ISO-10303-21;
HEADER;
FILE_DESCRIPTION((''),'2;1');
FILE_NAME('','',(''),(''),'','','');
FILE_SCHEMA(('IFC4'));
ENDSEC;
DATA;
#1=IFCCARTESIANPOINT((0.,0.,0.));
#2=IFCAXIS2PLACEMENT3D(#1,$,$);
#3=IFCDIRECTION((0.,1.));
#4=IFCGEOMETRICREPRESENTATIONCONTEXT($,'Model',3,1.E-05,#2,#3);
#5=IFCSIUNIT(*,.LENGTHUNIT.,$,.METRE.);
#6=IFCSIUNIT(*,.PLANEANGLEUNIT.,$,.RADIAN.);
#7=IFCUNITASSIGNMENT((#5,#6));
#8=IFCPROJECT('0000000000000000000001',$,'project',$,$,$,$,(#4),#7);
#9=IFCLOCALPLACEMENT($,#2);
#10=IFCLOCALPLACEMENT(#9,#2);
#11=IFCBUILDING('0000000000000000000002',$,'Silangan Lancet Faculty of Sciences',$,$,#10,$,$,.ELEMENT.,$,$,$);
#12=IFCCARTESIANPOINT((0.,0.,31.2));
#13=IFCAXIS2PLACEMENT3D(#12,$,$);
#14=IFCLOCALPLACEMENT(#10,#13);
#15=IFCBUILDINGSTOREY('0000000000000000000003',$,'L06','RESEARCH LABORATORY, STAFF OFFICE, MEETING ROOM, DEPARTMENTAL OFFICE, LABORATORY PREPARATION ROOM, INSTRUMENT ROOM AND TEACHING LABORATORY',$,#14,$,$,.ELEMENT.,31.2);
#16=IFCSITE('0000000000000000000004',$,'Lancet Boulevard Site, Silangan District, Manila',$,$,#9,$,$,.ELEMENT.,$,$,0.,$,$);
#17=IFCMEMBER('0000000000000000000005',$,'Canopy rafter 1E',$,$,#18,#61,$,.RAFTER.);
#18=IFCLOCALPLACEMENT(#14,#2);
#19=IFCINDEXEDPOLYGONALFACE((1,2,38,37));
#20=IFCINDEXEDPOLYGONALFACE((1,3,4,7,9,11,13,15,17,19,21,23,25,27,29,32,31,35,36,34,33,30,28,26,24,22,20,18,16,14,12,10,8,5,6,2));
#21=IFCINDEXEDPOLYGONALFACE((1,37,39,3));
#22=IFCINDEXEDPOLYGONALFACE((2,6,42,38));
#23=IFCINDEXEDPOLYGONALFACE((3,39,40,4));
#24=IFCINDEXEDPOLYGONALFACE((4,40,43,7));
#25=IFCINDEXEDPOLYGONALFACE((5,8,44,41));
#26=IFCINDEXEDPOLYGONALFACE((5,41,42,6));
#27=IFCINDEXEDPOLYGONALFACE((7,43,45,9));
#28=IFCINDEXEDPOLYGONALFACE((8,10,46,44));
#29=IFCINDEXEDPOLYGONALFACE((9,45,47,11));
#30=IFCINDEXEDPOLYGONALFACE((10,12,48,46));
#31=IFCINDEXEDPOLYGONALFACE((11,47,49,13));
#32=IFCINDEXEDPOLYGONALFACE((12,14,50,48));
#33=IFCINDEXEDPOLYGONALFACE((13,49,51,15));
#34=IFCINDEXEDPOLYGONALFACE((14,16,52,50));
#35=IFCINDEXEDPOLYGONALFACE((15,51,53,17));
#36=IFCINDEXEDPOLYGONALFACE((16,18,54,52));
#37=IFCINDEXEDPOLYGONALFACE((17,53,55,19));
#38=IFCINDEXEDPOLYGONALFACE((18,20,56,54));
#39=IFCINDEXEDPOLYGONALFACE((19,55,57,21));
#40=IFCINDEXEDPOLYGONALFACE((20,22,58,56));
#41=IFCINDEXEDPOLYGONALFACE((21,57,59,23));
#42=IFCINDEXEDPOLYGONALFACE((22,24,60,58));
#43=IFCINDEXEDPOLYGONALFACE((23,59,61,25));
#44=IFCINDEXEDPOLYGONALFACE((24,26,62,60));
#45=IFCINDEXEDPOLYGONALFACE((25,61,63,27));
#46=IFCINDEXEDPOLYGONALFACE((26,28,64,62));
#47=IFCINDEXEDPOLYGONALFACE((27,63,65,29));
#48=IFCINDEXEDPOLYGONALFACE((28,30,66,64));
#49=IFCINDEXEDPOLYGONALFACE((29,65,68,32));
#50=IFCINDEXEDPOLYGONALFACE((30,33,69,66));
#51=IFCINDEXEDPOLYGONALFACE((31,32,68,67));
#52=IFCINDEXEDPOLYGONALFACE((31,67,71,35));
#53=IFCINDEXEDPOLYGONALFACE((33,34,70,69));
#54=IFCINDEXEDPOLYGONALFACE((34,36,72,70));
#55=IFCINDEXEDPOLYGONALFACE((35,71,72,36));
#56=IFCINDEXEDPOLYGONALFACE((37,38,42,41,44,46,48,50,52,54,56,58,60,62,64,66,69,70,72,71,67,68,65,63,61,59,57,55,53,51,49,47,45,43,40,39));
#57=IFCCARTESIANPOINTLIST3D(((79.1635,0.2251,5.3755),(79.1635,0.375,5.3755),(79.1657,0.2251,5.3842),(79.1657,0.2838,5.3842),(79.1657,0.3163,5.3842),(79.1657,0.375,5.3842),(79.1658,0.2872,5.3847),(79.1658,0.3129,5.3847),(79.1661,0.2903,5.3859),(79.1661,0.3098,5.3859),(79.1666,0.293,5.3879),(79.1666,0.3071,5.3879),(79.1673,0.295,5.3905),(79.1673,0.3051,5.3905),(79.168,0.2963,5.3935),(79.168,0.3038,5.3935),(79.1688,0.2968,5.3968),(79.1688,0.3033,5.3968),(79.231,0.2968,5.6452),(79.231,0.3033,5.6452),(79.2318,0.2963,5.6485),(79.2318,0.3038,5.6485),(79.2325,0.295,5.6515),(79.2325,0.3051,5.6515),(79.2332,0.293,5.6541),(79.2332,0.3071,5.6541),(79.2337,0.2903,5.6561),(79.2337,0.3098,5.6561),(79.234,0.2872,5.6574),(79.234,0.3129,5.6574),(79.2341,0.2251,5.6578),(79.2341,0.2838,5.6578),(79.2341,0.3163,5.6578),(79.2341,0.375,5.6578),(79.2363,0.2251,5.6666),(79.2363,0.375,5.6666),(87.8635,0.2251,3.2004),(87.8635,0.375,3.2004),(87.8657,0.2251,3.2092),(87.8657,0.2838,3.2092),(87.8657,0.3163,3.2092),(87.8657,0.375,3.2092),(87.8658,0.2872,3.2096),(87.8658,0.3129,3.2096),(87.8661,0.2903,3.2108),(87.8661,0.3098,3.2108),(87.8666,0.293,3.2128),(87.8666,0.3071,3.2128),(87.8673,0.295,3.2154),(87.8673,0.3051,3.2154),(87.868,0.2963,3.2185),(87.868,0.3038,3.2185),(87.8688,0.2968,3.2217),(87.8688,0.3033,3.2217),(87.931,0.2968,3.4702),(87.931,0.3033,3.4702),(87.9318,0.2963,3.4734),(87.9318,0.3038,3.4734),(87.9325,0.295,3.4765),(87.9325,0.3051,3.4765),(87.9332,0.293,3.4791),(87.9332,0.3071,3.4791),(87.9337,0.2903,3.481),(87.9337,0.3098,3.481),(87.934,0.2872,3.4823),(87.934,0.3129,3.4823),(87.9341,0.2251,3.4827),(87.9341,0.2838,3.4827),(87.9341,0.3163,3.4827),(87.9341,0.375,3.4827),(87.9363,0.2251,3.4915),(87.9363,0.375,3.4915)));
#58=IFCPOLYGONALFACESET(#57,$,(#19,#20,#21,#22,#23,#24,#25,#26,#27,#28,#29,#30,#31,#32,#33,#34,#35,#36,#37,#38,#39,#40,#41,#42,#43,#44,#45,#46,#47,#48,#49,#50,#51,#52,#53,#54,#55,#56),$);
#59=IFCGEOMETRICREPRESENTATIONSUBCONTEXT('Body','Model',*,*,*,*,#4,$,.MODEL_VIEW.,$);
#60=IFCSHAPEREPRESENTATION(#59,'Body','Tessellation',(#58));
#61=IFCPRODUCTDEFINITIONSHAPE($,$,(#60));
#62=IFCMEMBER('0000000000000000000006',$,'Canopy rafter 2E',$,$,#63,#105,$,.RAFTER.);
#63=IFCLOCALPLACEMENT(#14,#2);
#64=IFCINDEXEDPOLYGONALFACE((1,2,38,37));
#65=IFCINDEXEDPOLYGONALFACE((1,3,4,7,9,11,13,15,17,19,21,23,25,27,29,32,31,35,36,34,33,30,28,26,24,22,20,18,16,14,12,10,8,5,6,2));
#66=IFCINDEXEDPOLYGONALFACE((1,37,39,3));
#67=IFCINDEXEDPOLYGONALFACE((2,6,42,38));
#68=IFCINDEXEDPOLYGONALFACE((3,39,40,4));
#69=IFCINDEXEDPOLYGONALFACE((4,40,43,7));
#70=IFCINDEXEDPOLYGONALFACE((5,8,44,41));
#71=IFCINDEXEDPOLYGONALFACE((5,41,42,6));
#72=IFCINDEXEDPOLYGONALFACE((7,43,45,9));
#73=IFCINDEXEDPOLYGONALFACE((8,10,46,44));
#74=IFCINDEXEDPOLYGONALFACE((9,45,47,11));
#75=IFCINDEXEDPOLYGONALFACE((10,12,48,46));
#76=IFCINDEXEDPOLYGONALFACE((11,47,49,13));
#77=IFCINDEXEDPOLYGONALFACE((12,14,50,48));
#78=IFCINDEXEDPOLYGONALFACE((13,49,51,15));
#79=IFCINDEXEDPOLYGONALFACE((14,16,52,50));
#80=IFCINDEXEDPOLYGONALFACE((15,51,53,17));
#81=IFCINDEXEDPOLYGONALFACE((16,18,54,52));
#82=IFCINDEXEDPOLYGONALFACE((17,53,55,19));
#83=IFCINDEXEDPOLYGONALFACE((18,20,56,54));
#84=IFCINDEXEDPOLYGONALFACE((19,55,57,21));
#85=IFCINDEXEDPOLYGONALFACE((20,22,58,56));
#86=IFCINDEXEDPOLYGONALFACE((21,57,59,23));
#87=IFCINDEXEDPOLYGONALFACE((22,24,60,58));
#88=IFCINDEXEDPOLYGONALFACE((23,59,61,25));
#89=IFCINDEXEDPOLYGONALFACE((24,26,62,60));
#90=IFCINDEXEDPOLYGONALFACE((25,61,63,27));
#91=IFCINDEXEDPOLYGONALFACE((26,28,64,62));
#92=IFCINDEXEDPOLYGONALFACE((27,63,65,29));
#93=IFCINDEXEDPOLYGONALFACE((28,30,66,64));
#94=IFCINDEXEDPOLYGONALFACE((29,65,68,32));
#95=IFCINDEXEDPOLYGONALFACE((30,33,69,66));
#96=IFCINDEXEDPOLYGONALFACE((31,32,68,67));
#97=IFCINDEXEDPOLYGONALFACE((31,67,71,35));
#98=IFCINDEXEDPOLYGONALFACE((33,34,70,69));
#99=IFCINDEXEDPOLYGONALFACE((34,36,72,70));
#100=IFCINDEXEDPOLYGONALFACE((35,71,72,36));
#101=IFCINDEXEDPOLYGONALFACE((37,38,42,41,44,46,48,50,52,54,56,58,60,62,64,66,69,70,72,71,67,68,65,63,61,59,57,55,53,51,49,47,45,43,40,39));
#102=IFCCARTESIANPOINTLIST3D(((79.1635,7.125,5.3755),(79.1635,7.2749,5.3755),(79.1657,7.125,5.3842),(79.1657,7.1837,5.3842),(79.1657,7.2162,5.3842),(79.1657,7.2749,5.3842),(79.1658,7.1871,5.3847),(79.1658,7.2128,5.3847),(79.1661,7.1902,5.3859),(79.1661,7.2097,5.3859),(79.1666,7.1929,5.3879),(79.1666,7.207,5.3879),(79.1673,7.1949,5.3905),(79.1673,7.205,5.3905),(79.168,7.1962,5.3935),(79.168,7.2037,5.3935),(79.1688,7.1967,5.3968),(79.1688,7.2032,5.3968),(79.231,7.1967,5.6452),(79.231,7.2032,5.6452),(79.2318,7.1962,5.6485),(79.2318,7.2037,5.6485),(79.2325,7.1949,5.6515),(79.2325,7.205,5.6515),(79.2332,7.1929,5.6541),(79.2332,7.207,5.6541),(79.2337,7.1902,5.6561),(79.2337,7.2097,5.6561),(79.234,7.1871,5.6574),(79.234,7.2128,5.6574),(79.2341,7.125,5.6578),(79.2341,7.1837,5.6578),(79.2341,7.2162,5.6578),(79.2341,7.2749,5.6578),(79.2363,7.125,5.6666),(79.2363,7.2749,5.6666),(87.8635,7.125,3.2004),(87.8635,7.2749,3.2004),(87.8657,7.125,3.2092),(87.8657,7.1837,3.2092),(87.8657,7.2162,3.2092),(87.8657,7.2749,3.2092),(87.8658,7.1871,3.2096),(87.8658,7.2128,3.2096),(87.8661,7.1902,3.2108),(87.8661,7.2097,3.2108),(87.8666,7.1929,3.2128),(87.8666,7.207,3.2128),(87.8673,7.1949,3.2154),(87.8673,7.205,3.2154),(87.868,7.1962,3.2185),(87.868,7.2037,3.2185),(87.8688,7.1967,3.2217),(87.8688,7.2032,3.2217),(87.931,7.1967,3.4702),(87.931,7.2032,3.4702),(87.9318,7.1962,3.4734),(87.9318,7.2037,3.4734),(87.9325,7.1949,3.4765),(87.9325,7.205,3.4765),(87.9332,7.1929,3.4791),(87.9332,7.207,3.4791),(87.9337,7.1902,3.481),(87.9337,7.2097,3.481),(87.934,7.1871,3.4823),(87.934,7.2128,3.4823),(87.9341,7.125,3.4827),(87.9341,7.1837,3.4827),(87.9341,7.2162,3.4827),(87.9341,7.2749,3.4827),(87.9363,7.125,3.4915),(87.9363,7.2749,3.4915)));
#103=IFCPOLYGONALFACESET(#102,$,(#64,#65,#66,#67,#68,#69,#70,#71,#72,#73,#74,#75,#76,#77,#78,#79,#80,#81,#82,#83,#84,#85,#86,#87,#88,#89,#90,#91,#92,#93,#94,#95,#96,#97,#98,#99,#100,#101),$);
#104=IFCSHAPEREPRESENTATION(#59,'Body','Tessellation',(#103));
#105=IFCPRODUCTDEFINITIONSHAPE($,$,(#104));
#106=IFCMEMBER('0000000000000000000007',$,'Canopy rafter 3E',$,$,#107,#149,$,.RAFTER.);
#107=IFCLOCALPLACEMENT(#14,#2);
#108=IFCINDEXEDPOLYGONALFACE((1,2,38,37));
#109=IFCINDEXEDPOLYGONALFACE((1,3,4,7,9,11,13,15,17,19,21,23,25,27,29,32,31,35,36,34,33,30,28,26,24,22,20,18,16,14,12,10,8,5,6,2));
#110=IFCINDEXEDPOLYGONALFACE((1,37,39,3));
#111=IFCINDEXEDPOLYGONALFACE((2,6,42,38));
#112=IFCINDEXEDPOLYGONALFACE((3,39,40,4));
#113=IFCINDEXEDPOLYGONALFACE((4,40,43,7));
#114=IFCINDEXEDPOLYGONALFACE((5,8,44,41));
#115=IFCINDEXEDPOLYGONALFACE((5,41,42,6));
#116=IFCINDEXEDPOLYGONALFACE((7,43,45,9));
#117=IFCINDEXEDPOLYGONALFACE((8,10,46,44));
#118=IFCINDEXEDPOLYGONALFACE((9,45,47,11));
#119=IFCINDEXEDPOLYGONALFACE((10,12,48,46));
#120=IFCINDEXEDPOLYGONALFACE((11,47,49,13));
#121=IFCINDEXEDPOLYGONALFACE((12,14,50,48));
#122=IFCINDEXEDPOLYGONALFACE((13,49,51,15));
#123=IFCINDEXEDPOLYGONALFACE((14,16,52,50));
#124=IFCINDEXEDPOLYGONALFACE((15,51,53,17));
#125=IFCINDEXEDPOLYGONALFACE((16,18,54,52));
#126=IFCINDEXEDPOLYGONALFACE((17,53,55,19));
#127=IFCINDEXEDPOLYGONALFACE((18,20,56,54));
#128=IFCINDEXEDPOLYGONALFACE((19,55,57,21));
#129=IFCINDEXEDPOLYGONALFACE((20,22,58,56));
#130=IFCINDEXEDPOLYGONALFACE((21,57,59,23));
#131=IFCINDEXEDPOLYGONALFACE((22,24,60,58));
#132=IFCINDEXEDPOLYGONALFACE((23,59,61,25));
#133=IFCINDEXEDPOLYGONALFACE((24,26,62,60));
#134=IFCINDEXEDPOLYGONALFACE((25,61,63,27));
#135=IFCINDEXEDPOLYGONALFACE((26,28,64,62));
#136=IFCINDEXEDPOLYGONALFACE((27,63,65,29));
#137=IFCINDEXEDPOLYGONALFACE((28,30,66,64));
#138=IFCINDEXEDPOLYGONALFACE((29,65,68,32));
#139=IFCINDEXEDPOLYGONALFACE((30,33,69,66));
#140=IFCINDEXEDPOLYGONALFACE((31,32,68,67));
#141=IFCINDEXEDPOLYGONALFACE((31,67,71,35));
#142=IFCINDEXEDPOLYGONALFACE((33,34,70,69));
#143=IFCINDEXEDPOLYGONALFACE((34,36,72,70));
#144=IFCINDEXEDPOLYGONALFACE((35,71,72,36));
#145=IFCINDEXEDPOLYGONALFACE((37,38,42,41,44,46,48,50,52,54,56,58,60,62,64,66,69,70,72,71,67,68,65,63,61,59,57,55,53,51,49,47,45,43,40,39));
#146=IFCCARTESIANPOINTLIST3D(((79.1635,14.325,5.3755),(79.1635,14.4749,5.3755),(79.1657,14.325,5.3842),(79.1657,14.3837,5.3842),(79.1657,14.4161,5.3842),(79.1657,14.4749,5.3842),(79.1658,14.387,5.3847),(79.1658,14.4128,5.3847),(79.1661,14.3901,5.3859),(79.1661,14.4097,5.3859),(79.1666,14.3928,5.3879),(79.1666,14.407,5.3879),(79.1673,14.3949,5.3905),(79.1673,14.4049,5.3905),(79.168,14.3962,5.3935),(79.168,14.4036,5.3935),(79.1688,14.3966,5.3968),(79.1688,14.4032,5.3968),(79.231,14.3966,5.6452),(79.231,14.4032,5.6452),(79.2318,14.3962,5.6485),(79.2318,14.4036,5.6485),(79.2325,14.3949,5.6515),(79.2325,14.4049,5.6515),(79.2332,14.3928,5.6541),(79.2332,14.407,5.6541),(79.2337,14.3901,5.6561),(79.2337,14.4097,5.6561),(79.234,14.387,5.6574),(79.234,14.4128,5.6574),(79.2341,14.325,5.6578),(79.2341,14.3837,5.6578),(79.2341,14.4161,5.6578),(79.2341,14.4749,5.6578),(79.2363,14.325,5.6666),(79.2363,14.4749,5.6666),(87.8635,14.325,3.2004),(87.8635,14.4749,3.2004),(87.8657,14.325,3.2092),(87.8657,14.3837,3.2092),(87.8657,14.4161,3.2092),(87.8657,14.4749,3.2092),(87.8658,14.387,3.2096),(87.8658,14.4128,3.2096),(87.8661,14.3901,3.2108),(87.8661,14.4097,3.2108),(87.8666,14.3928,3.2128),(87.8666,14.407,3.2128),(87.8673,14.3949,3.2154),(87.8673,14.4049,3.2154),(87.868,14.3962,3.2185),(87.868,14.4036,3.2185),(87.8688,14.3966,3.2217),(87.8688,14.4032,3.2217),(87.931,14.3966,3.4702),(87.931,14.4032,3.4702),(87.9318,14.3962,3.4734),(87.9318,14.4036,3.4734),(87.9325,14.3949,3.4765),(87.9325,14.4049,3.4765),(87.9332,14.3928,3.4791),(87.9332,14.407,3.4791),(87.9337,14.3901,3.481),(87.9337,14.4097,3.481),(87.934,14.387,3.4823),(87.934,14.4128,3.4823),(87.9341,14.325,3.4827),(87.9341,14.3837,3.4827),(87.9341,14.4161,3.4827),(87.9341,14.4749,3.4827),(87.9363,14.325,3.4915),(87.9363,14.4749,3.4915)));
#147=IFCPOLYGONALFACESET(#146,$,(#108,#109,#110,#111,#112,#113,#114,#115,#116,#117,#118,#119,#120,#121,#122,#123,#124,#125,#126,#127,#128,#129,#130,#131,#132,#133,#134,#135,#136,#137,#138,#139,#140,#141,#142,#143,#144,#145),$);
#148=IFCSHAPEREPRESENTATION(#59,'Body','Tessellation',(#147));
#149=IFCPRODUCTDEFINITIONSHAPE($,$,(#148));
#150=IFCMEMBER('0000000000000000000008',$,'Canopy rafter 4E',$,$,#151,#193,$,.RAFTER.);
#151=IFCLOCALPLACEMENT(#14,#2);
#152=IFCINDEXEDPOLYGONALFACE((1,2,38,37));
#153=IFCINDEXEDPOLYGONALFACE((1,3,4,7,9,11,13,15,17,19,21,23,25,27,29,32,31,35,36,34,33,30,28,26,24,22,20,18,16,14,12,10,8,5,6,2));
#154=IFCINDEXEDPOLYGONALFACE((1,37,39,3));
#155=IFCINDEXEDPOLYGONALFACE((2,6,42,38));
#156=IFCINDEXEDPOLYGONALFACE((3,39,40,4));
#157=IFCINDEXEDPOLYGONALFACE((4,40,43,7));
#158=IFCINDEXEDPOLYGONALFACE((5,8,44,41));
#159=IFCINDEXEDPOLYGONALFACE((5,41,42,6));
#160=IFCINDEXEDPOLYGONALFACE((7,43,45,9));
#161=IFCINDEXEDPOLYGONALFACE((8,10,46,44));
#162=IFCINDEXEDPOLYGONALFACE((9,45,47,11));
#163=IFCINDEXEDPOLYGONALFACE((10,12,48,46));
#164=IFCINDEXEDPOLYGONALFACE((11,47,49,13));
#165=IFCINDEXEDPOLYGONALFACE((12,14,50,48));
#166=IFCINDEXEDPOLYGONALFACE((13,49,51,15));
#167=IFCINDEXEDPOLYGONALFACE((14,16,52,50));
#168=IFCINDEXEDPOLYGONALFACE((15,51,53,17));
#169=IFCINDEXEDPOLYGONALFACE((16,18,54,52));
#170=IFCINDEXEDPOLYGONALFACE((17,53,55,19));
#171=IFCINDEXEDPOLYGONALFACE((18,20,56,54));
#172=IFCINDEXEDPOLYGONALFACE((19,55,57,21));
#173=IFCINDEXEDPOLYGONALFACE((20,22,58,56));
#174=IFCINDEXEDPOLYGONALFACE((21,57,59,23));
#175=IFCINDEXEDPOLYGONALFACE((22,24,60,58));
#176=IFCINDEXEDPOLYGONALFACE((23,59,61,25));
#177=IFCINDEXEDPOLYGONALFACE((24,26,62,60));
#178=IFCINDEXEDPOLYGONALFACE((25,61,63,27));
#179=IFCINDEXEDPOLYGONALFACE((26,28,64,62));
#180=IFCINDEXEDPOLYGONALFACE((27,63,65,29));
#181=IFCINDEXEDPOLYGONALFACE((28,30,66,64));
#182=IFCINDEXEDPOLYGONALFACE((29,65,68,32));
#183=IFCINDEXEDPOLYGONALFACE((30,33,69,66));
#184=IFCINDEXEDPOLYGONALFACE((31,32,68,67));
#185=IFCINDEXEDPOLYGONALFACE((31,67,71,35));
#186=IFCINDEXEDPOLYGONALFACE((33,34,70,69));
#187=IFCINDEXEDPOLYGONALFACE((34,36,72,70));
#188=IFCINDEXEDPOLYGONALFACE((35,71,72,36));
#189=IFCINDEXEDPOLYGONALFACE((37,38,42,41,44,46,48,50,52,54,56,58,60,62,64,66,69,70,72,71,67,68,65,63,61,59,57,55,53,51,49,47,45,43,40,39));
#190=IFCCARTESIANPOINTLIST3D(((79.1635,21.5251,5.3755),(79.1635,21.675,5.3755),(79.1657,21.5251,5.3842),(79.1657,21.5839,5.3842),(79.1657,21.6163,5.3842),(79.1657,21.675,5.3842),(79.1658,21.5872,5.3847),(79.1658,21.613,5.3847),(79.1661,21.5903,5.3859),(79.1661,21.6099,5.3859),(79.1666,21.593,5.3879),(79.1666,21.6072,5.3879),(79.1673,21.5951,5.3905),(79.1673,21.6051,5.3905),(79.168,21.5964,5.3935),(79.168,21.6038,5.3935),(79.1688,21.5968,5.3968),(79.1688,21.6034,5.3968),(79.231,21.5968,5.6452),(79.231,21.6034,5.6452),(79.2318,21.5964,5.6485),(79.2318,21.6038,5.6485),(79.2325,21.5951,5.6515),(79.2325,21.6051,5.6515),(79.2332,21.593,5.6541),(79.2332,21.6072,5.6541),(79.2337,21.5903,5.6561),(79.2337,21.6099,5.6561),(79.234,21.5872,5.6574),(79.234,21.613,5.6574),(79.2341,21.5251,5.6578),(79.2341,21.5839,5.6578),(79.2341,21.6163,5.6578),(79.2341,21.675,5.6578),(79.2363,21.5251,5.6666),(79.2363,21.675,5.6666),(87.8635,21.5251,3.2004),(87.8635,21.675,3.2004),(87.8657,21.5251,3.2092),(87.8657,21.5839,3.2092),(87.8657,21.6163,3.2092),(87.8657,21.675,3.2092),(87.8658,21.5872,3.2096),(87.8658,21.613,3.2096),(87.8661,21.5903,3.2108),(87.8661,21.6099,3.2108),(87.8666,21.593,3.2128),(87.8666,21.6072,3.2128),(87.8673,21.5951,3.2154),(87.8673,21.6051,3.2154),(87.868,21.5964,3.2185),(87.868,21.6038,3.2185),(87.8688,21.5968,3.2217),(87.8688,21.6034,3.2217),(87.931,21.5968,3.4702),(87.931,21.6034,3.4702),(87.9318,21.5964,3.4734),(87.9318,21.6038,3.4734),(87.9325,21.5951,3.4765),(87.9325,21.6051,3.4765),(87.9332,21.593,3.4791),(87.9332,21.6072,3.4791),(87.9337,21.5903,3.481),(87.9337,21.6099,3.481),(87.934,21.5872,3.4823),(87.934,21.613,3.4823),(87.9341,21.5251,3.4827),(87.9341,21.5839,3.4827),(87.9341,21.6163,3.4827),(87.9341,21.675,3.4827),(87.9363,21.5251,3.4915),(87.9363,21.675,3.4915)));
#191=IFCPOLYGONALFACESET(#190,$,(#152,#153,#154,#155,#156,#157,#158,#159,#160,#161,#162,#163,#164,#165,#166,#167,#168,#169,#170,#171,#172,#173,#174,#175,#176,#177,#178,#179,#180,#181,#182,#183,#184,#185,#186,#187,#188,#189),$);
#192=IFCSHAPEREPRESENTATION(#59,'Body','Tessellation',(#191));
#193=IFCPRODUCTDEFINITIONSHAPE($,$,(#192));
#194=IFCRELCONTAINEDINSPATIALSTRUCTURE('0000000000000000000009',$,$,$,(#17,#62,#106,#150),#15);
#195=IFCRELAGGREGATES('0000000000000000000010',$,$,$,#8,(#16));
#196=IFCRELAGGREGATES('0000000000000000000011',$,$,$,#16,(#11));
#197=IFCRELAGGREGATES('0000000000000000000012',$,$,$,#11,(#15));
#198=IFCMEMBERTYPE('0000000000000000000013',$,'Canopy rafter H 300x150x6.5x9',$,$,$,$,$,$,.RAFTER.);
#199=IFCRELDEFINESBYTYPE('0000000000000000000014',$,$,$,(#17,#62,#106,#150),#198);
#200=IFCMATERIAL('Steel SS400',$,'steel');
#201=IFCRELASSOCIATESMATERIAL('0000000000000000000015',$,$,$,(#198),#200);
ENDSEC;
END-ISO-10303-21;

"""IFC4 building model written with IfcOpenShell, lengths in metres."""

from ifc_helpers import new_model, si_unit, direction, frame, origin, origin_2d, place, context, subcontext, project, spatial, i_section, extrude, material, material_profile, profile_set, type_object, element, save


model = new_model("IFC4")

# Units and contexts
model_context = context("Model", 3, precision=1e-05, world=origin(), true_north=direction((0.0, 1.0)))
body_context = subcontext(model_context, "Body", "Model", "MODEL_VIEW")
ifc_project = project(units=[si_unit("LENGTHUNIT", "METRE"), si_unit("PLANEANGLEUNIT", "RADIAN")], contexts=[model_context])

# Site, building, storey
site_placement = place(None, origin())
site = spatial("IfcSite", under=ifc_project, at=site_placement, Name="Lancet Boulevard Site, Silangan District, Manila", CompositionType="ELEMENT", RefElevation=0.0)
building_placement = place(site_placement, origin())
building = spatial("IfcBuilding", under=site, at=building_placement, Name="Silangan Lancet Faculty of Sciences", CompositionType="ELEMENT")
storey_placement = place(building_placement, frame((0.0, 0.0, 31.2)))
storey = spatial("IfcBuildingStorey", under=building, at=storey_placement, Name="L06", Description="RESEARCH LABORATORY, STAFF OFFICE, MEETING ROOM, DEPARTMENTAL OFFICE, LABORATORY PREPARATION ROOM, INSTRUMENT ROOM AND TEACHING LABORATORY", CompositionType="ELEMENT", Elevation=31.2)

# Members
ifc_material_1 = material(Name="Steel SS400", Category="steel")
ifc_material_profile_1 = material_profile(ifc_material_1, i_section(OverallWidth=0.1499, OverallDepth=0.3, WebThickness=0.0066, FlangeThickness=0.009, FilletRadius=0.0129, at=origin_2d()), Name="H 300x150x6.5x9")
ifc_profile_set_1 = profile_set([ifc_material_profile_1], Name="Steel SS400")
member_type_1 = type_object("IfcMemberType", Name="Canopy rafter H 300x150x6.5x9", PredefinedType="RAFTER", material=ifc_profile_set_1)
for number, where, z_axis, x_axis, name in (
    (1, (87.8999, 0.3, 3.3459), (-0.970141, 0.0, 0.242542), (0.0, -1.0, 0.0), "Canopy rafter 1E"),
    (2, (87.8999, 7.2, 3.3459), (-0.970141, 0.0, 0.242542), (0.0, -1.0, 0.0), "Canopy rafter 2E"),
    (3, (87.8999, 14.3999, 3.3459), (-0.970141, 0.0, 0.242542), (0.0, -1.0, 0.0), "Canopy rafter 3E"),
    (4, (87.8999, 21.6001, 3.3459), (-0.970141, 0.0, 0.242542), (0.0, -1.0, 0.0), "Canopy rafter 4E"),
):
    element("IfcMember", number, at=place(storey_placement, frame(where, z_axis=z_axis, x_axis=x_axis)), inside=storey, type_object=member_type_1, Name=name, PredefinedType="RAFTER", context=body_context, shape_type="SweptSolid", body=[
        extrude(i_section(OverallWidth=0.1499, OverallDepth=0.3, WebThickness=0.0066, FlangeThickness=0.009, FilletRadius=0.0129, at=origin_2d()), origin(), (0.0, 0.0, 1.0), 8.9678),
    ])

save(model, "model.ifc")
